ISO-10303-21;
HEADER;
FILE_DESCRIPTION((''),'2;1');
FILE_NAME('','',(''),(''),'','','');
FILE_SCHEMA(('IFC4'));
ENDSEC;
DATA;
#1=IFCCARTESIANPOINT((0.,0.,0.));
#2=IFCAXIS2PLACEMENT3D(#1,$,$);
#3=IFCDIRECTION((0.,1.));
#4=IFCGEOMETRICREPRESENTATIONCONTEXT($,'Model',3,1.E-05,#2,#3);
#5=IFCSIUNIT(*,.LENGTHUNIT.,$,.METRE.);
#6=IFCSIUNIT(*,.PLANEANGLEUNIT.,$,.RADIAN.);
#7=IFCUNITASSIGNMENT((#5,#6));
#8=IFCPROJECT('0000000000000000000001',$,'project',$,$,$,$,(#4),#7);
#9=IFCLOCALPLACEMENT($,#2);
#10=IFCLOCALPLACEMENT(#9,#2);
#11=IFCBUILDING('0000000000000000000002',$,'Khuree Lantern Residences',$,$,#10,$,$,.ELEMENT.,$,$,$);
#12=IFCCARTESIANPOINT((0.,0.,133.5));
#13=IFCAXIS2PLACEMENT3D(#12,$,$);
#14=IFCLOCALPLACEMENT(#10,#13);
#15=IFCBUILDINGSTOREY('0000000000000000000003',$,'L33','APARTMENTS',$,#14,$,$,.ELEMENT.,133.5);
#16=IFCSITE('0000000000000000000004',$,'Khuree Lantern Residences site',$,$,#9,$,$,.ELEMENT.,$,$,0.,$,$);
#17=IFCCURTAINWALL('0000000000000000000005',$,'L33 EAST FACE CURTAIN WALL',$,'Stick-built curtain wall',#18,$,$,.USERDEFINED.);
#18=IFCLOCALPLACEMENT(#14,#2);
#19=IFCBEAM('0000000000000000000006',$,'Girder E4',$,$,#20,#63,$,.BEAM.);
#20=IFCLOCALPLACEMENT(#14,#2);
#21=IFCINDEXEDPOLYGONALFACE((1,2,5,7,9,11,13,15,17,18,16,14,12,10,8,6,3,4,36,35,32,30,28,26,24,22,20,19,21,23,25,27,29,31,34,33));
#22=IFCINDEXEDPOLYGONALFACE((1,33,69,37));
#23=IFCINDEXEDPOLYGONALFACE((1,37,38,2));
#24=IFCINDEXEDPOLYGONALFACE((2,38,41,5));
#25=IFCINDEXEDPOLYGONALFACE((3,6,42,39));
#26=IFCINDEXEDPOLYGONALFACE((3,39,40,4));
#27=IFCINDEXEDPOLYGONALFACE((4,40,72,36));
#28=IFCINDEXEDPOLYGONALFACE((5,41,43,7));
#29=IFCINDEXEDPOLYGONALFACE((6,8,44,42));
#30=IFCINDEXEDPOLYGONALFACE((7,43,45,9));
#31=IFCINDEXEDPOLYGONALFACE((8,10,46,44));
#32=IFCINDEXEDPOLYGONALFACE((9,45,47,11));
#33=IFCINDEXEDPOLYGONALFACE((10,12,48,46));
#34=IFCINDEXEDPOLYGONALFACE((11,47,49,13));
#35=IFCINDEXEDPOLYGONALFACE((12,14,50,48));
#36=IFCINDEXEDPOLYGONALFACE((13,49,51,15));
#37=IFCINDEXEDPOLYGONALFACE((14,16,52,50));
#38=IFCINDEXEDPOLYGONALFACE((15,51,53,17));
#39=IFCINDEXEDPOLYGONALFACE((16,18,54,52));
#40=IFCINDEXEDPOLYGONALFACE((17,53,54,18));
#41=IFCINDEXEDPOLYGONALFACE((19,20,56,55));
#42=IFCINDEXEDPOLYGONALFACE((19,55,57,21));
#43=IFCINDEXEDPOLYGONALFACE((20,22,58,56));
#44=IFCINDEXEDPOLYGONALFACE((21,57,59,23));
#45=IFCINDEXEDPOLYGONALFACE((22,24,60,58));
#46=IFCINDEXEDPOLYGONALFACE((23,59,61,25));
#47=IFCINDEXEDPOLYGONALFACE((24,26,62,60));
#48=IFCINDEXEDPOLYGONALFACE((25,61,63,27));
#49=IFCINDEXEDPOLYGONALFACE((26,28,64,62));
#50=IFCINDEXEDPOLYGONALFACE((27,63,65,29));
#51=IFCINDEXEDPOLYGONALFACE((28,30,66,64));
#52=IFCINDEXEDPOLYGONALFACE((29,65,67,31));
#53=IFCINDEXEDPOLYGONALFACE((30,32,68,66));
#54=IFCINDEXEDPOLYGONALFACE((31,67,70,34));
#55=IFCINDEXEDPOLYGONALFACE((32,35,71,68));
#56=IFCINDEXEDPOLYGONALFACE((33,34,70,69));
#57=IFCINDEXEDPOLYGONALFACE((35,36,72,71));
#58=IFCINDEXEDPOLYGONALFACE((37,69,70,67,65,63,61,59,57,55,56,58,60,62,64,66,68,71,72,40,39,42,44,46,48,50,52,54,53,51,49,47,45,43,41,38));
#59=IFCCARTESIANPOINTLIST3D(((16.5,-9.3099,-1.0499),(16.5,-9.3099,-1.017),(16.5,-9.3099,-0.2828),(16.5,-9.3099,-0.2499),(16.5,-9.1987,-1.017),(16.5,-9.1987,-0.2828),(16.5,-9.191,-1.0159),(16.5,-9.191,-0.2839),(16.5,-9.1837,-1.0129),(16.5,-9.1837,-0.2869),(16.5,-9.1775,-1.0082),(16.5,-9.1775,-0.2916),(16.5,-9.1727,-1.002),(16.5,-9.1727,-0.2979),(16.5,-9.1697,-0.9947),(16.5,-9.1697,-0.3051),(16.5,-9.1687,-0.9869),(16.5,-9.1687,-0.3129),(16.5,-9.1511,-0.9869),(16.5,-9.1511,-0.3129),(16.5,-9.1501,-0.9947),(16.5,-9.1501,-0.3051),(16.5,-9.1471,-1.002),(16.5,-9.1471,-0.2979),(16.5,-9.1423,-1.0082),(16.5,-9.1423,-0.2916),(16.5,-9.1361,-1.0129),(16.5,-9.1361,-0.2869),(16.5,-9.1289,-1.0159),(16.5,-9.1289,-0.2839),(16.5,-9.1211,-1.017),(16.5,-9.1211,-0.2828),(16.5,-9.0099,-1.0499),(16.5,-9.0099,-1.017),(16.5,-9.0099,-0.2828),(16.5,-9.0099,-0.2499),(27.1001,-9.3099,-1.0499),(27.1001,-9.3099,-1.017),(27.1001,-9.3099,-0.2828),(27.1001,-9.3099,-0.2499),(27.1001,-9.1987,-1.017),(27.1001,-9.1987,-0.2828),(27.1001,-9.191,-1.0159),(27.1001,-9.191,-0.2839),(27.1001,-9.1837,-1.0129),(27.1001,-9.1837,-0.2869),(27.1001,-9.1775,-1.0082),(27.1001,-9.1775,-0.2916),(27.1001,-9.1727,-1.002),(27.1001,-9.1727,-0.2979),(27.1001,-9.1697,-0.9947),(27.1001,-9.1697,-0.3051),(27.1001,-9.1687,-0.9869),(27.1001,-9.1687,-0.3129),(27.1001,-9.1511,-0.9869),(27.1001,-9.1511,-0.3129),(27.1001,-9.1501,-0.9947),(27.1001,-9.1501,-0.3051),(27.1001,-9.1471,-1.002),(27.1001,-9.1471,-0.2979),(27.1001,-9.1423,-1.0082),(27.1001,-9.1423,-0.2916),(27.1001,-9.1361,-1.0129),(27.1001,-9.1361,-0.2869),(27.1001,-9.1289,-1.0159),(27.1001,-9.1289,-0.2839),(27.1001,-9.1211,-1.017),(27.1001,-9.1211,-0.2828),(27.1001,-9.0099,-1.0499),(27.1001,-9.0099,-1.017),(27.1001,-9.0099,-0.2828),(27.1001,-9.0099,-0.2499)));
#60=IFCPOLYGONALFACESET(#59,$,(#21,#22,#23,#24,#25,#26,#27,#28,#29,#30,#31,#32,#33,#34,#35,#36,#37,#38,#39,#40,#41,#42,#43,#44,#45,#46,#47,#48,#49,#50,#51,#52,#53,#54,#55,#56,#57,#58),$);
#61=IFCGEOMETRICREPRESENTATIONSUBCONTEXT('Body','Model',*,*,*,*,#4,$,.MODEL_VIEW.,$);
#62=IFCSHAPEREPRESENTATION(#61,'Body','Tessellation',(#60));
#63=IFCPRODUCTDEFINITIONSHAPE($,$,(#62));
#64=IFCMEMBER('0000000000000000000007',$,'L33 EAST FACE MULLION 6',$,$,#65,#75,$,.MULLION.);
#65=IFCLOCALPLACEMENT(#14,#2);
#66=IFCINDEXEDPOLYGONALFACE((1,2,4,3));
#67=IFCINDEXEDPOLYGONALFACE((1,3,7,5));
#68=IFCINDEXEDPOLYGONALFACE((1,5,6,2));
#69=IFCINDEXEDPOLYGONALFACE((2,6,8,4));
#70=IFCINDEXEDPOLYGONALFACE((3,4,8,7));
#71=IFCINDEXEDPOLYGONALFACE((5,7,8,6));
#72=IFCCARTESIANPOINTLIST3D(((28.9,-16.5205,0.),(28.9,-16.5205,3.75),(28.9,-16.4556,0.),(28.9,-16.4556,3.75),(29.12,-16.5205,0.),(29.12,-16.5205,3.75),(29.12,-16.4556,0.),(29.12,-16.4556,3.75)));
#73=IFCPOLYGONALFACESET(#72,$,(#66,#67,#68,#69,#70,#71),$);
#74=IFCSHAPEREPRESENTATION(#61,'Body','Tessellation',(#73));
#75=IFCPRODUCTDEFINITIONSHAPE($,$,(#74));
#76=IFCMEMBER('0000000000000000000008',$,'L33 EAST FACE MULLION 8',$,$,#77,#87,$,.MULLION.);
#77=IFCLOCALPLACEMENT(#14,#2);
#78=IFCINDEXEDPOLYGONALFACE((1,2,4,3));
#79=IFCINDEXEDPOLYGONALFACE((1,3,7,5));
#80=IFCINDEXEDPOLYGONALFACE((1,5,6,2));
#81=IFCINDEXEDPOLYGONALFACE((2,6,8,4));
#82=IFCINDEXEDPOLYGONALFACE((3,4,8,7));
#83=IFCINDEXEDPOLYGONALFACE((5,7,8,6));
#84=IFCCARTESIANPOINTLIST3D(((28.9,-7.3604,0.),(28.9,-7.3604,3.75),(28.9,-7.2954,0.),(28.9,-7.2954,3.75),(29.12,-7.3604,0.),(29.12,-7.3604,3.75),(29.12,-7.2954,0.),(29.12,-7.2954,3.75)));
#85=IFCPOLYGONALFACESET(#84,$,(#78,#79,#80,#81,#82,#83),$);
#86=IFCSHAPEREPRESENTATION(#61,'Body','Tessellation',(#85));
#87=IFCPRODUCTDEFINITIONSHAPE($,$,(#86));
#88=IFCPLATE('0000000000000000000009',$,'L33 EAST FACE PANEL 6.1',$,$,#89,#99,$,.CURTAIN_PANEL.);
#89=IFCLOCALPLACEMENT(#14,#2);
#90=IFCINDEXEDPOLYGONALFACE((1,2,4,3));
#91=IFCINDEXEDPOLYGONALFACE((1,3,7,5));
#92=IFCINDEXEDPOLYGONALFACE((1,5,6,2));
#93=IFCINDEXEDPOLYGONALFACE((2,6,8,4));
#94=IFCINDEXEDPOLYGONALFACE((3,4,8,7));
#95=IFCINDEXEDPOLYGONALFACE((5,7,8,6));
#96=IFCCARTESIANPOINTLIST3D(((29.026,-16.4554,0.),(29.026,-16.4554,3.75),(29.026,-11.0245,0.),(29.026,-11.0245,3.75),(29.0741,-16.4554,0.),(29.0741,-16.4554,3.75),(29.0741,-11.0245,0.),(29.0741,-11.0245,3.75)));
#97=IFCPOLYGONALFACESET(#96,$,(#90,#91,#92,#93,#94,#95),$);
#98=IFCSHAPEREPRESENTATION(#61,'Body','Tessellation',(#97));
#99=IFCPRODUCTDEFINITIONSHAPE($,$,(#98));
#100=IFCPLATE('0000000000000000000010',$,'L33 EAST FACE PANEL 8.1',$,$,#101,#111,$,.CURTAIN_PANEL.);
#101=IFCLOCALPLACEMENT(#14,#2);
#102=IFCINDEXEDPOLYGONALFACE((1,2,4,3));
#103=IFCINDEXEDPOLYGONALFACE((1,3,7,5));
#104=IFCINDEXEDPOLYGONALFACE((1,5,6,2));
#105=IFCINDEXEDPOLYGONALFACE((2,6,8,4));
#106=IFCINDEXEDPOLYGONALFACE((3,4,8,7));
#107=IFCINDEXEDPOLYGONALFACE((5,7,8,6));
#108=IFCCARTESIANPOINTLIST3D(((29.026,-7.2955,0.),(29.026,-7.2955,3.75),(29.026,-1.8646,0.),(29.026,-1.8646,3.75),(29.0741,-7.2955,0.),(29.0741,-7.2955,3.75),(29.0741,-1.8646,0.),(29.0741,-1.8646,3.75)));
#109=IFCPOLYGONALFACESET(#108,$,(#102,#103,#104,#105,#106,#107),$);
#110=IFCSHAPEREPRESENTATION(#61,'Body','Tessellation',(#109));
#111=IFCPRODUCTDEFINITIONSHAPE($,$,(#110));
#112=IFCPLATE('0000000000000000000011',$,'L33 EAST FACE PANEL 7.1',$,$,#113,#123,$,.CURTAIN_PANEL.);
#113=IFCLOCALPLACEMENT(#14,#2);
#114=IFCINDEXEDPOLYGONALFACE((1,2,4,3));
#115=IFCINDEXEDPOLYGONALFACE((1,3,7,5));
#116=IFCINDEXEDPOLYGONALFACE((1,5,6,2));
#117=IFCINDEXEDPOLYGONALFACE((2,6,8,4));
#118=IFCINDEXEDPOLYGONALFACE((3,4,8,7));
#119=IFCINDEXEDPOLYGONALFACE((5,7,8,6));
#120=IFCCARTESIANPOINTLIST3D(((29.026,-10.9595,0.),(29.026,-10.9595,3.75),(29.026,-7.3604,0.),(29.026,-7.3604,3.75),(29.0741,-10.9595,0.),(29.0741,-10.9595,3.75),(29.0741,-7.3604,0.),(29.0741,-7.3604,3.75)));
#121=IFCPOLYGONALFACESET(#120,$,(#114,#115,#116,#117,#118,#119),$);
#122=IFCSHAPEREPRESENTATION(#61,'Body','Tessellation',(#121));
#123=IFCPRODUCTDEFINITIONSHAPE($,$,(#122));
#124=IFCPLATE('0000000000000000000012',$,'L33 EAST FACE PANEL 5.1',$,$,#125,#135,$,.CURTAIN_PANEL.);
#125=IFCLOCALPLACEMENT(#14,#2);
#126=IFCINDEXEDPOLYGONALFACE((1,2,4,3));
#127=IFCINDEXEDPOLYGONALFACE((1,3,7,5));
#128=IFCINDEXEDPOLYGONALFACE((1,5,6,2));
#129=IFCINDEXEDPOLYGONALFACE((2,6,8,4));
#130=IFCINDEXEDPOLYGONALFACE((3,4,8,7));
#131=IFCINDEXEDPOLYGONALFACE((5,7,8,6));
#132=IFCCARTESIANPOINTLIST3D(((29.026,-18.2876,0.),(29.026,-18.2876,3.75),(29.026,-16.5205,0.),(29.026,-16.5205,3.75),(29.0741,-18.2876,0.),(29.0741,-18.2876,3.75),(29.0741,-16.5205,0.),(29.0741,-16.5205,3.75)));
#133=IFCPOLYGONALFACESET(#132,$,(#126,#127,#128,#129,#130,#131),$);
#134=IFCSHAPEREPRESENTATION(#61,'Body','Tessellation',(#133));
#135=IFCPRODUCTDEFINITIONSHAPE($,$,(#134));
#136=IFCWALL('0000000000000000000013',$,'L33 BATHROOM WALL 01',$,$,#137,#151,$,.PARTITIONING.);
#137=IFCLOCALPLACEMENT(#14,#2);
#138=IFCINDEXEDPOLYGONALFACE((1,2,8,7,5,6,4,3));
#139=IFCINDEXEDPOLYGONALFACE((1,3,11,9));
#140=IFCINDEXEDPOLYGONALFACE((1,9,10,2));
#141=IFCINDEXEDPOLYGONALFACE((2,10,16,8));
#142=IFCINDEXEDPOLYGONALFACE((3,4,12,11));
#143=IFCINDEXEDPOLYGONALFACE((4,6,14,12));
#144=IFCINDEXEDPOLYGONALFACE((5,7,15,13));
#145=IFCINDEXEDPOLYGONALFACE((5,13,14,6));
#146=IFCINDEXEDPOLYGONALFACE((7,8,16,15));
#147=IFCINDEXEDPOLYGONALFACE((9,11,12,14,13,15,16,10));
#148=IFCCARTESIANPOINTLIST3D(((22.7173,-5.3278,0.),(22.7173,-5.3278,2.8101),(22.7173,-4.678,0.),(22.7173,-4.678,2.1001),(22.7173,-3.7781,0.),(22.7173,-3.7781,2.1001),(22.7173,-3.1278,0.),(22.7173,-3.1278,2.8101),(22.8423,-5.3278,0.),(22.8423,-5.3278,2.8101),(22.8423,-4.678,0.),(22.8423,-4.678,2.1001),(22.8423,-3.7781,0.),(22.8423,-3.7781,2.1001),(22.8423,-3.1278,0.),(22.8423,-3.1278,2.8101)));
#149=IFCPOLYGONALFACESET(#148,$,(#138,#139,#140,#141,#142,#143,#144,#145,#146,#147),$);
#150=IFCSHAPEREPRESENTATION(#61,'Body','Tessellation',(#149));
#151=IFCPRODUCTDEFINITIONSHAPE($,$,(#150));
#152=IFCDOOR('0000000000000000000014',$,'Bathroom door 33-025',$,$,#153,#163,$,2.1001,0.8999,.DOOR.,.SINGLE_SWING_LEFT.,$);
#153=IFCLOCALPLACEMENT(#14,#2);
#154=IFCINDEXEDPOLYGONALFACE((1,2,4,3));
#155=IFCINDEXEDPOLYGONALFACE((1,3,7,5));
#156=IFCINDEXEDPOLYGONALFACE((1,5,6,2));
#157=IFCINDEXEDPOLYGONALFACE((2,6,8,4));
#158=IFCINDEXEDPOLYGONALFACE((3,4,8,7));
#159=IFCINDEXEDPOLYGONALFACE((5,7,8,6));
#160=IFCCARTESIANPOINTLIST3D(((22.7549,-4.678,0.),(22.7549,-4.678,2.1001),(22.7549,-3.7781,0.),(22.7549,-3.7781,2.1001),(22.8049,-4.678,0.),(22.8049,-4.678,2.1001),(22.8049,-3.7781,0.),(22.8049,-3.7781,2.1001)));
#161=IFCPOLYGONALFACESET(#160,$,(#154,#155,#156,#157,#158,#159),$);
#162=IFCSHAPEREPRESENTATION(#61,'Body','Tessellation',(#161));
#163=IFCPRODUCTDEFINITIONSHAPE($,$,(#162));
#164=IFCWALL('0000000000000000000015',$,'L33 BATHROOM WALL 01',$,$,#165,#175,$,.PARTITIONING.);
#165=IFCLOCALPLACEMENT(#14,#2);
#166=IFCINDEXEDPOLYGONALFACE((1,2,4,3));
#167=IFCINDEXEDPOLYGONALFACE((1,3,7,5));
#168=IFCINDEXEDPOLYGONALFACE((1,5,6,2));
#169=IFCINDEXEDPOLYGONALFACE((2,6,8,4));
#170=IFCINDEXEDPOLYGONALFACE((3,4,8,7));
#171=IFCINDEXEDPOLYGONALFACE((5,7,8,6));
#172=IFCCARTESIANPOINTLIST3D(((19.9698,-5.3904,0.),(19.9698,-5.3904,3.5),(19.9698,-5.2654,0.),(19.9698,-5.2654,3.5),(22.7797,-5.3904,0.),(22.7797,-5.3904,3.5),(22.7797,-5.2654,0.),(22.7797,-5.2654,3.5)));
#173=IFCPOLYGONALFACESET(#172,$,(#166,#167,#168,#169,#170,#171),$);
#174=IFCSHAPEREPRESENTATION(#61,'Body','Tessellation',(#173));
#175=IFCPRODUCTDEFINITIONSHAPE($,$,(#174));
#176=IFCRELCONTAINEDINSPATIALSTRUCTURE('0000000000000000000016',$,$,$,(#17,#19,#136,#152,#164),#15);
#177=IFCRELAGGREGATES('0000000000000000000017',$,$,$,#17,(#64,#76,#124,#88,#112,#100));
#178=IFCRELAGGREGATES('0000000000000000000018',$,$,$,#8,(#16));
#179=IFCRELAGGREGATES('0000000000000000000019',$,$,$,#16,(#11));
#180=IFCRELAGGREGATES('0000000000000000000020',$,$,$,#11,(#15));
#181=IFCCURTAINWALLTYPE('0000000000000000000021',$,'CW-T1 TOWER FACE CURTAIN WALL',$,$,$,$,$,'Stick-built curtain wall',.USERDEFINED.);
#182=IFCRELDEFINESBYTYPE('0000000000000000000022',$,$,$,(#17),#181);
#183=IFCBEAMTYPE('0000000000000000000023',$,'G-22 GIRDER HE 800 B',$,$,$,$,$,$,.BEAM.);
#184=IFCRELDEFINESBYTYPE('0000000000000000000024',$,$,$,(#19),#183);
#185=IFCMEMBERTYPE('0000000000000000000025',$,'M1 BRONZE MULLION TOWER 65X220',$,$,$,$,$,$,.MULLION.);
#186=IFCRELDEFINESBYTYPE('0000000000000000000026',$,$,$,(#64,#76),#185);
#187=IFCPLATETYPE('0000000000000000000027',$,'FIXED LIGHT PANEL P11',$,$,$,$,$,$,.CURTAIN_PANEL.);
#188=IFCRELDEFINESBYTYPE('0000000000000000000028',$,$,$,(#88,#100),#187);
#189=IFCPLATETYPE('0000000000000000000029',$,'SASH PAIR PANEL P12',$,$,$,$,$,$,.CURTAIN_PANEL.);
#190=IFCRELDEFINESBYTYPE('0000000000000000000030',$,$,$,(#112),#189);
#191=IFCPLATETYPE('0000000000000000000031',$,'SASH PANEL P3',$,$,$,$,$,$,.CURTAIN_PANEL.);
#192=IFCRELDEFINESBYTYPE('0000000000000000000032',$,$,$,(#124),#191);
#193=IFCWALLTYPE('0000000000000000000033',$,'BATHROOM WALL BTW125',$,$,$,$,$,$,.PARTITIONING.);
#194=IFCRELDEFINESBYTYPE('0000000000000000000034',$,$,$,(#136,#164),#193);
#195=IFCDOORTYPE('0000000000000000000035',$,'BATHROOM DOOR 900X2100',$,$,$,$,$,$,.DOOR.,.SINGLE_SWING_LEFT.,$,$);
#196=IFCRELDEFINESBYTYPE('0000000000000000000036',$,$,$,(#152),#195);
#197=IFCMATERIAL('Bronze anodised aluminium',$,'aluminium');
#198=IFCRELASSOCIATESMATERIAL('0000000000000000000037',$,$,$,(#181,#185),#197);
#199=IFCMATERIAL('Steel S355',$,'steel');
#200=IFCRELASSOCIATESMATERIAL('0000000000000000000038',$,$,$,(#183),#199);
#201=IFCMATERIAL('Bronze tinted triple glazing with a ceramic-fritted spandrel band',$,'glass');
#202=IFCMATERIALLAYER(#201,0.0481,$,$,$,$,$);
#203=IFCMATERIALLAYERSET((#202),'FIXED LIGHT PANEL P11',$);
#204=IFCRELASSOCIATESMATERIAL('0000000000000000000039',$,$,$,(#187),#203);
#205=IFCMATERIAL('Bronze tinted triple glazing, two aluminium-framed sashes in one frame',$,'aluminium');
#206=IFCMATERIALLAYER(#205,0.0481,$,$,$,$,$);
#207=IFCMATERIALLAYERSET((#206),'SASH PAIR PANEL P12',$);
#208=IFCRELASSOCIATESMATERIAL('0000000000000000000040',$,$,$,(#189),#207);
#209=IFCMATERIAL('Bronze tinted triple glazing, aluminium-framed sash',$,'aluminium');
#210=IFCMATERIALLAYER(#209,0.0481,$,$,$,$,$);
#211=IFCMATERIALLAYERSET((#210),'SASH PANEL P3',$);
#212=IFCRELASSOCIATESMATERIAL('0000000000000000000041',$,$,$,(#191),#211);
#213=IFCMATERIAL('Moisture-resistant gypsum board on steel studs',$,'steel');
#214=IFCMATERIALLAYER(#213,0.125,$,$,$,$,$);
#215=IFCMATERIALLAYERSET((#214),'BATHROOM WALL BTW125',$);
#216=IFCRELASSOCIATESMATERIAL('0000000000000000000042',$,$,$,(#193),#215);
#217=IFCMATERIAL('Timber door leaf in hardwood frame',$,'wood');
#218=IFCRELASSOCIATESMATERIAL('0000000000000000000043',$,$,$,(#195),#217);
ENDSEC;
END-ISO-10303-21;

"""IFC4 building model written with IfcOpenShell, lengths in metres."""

from ifc_helpers import new_model, si_unit, direction, frame, frame_2d, origin, origin_2d, place, context, subcontext, project, spatial, rectangle, i_section, extrude, material, layer, layer_set, material_profile, profile_set, type_object, element, fill, aggregate, save


model = new_model("IFC4")

# Units and contexts
model_context = context("Model", 3, precision=1e-05, world=origin(), true_north=direction((0.0, 1.0)))
body_context = subcontext(model_context, "Body", "Model", "MODEL_VIEW")
ifc_project = project(units=[si_unit("LENGTHUNIT", "METRE"), si_unit("PLANEANGLEUNIT", "RADIAN")], contexts=[model_context])

# Site, building, storey
site_placement = place(None, origin())
site = spatial("IfcSite", under=ifc_project, at=site_placement, Name="Khuree Lantern Residences site", CompositionType="ELEMENT", RefElevation=0.0)
building_placement = place(site_placement, origin())
building = spatial("IfcBuilding", under=site, at=building_placement, Name="Khuree Lantern Residences", CompositionType="ELEMENT")
storey_placement = place(building_placement, frame((0.0, 0.0, 133.5)))
storey = spatial("IfcBuildingStorey", under=building, at=storey_placement, Name="L33", Description="APARTMENTS", CompositionType="ELEMENT", Elevation=133.5)

# Shared definitions
ifc_material_1 = material(Name="Steel S355", Category="steel")

# Curtain wall
ifc_material_2 = material(Name="Bronze anodised aluminium", Category="aluminium")
curtain_wall_type = type_object("IfcCurtainWallType", Name="CW-T1 TOWER FACE CURTAIN WALL", ElementType="Stick-built curtain wall", PredefinedType="USERDEFINED", material=ifc_material_2)
curtain_wall_placement = place(storey_placement, origin())
curtain_wall = element("IfcCurtainWall", 1, at=curtain_wall_placement, inside=storey, type_object=curtain_wall_type, Name="L33 EAST FACE CURTAIN WALL", ObjectType="Stick-built curtain wall", PredefinedType="USERDEFINED")

# Beam
ifc_material_profile_1 = material_profile(ifc_material_1, i_section(OverallWidth=0.3, OverallDepth=0.8, WebThickness=0.0176, FlangeThickness=0.033, FilletRadius=0.03, at=origin_2d()), Name="HE 800 B")
ifc_profile_set_1 = profile_set([ifc_material_profile_1], Name="Steel S355")
beam_type_1 = type_object("IfcBeamType", Name="G-22 GIRDER HE 800 B", PredefinedType="BEAM", material=ifc_profile_set_1)
beam_1_placement = place(storey_placement, frame((27.1001, -9.1599, -0.6499), z_axis=(-1.0, 0.0, 0.0), x_axis=(0.0, -1.0, 0.0)))
element("IfcBeam", 2, at=beam_1_placement, inside=storey, type_object=beam_type_1, Name="Girder E4", PredefinedType="BEAM", context=body_context, shape_type="SweptSolid", body=[
    extrude(i_section(OverallWidth=0.3, OverallDepth=0.8, WebThickness=0.0176, FlangeThickness=0.033, FilletRadius=0.03, at=origin_2d()), origin(), (0.0, 0.0, 1.0), 10.6001),
])

# Members
ifc_material_profile_2 = material_profile(ifc_material_2, rectangle(XDim=0.0649, YDim=0.22, at=origin_2d()), Name="M1 65X220")
ifc_profile_set_2 = profile_set([ifc_material_profile_2], Name="Bronze anodised aluminium")
member_type_1 = type_object("IfcMemberType", Name="M1 BRONZE MULLION TOWER 65X220", PredefinedType="MULLION", material=ifc_profile_set_2)
member_1_placement = place(storey_placement, frame((29.01, -16.488, 0.0), z_axis=(0.0, 0.0, 1.0), x_axis=(0.0, 1.0, 0.0)))
member_1 = element("IfcMember", 3, at=member_1_placement, type_object=member_type_1, Name="L33 EAST FACE MULLION 6", PredefinedType="MULLION", context=body_context, shape_type="SweptSolid", body=[
    extrude(rectangle(XDim=0.0649, YDim=0.22, at=origin_2d()), origin(), (0.0, 0.0, 1.0), 3.75),
])
member_2_placement = place(storey_placement, frame((29.01, -7.3279, 0.0), z_axis=(0.0, 0.0, 1.0), x_axis=(0.0, 1.0, 0.0)))
member_2 = element("IfcMember", 4, at=member_2_placement, type_object=member_type_1, Name="L33 EAST FACE MULLION 8", PredefinedType="MULLION", context=body_context, shape_type="SweptSolid", body=[
    extrude(rectangle(XDim=0.0649, YDim=0.22, at=origin_2d()), origin(), (0.0, 0.0, 1.0), 3.75),
])

# Plates
ifc_material_3 = material(Name="Bronze tinted triple glazing with a ceramic-fritted spandrel band", Category="glass")
ifc_layer_1 = layer(ifc_material_3, 0.0481)
ifc_layer_set_1 = layer_set([ifc_layer_1], Name="FIXED LIGHT PANEL P11")
plate_type_1 = type_object("IfcPlateType", Name="FIXED LIGHT PANEL P11", PredefinedType="CURTAIN_PANEL", material=ifc_layer_set_1)
plate_1_placement = place(storey_placement, frame((29.05, -13.74, 0.0), z_axis=(0.0, 0.0, 1.0), x_axis=(0.0, 1.0, 0.0)))
plate_1 = element("IfcPlate", 5, at=plate_1_placement, type_object=plate_type_1, Name="L33 EAST FACE PANEL 6.1", PredefinedType="CURTAIN_PANEL", context=body_context, shape_type="SweptSolid", body=[
    extrude(rectangle(XDim=5.4309, YDim=0.0481, at=origin_2d()), origin(), (0.0, 0.0, 1.0), 3.75),
])
plate_2_placement = place(storey_placement, frame((29.05, -4.5801, 0.0), z_axis=(0.0, 0.0, 1.0), x_axis=(0.0, 1.0, 0.0)))
plate_2 = element("IfcPlate", 6, at=plate_2_placement, type_object=plate_type_1, Name="L33 EAST FACE PANEL 8.1", PredefinedType="CURTAIN_PANEL", context=body_context, shape_type="SweptSolid", body=[
    extrude(rectangle(XDim=5.4309, YDim=0.0481, at=origin_2d()), origin(), (0.0, 0.0, 1.0), 3.75),
])
ifc_material_4 = material(Name="Bronze tinted triple glazing, two aluminium-framed sashes in one frame", Category="aluminium")
ifc_layer_2 = layer(ifc_material_4, 0.0481)
ifc_layer_set_2 = layer_set([ifc_layer_2], Name="SASH PAIR PANEL P12")
plate_type_2 = type_object("IfcPlateType", Name="SASH PAIR PANEL P12", PredefinedType="CURTAIN_PANEL", material=ifc_layer_set_2)
plate_3_placement = place(storey_placement, frame((29.05, -9.1599, 0.0), z_axis=(0.0, 0.0, 1.0), x_axis=(0.0, 1.0, 0.0)))
plate_3 = element("IfcPlate", 7, at=plate_3_placement, type_object=plate_type_2, Name="L33 EAST FACE PANEL 7.1", PredefinedType="CURTAIN_PANEL", context=body_context, shape_type="SweptSolid", body=[
    extrude(rectangle(XDim=3.5991, YDim=0.0481, at=origin_2d()), origin(), (0.0, 0.0, 1.0), 3.75),
])
ifc_material_5 = material(Name="Bronze tinted triple glazing, aluminium-framed sash", Category="aluminium")
ifc_layer_3 = layer(ifc_material_5, 0.0481)
ifc_layer_set_3 = layer_set([ifc_layer_3], Name="SASH PANEL P3")
plate_type_3 = type_object("IfcPlateType", Name="SASH PANEL P3", PredefinedType="CURTAIN_PANEL", material=ifc_layer_set_3)
plate_4_placement = place(storey_placement, frame((29.05, -17.4041, 0.0), z_axis=(0.0, 0.0, 1.0), x_axis=(0.0, 1.0, 0.0)))
plate_4 = element("IfcPlate", 8, at=plate_4_placement, type_object=plate_type_3, Name="L33 EAST FACE PANEL 5.1", PredefinedType="CURTAIN_PANEL", context=body_context, shape_type="SweptSolid", body=[
    extrude(rectangle(XDim=1.7671, YDim=0.0481, at=origin_2d()), origin(), (0.0, 0.0, 1.0), 3.75),
])
aggregate(curtain_wall, [member_1, member_2, plate_4, plate_1, plate_3, plate_2])

# Wall, opening, door
ifc_material_6 = material(Name="Moisture-resistant gypsum board on steel studs", Category="steel")
ifc_layer_4 = layer(ifc_material_6, 0.125)
ifc_layer_set_4 = layer_set([ifc_layer_4], Name="BATHROOM WALL BTW125")
wall_type_1 = type_object("IfcWallType", Name="BATHROOM WALL BTW125", PredefinedType="PARTITIONING", material=ifc_layer_set_4)
wall_1_placement = place(storey_placement, frame((22.7798, -5.3279, 0.0), z_axis=(0.0, 0.0, 1.0), x_axis=(0.0, 1.0, 0.0)))
wall_1 = element("IfcWall", 9, at=wall_1_placement, inside=storey, type_object=wall_type_1, Name="L33 BATHROOM WALL 01", PredefinedType="PARTITIONING", context=body_context, shape_type="SweptSolid", body=[
    extrude(rectangle(XDim=2.2, YDim=0.125, at=frame_2d((1.1001, 0.0))), origin(), (0.0, 0.0, 1.0), 2.8101),
])
opening_1_placement = place(wall_1_placement, frame((0.6499, 0.0, 0.0)))
opening_1 = element("IfcOpeningElement", 10, at=opening_1_placement, cuts=wall_1, PredefinedType="OPENING", context=body_context, shape_type="SweptSolid", body=[
    extrude(rectangle(XDim=0.8999, YDim=2.1001, at=frame_2d((0.45, 1.05))), frame((0.0, 0.0725, 0.0), z_axis=(0.0, -1.0, 0.0), x_axis=(1.0, 0.0, 0.0)), (0.0, 0.0, 1.0), 0.145),
])
ifc_material_7 = material(Name="Timber door leaf in hardwood frame", Category="wood")
door_type_1 = type_object("IfcDoorType", Name="BATHROOM DOOR 900X2100", OperationType="SINGLE_SWING_LEFT", PredefinedType="DOOR", material=ifc_material_7)
door_1_placement = place(opening_1_placement, origin())
door_1 = element("IfcDoor", 11, at=door_1_placement, inside=storey, type_object=door_type_1, Name="Bathroom door 33-025", OperationType="SINGLE_SWING_LEFT", OverallHeight=2.1001, OverallWidth=0.8999, PredefinedType="DOOR", context=body_context, shape_type="SweptSolid", body=[
    extrude(rectangle(XDim=0.8999, YDim=2.1001, at=frame_2d((0.45, 1.05))), frame((0.0, 0.0249, 0.0), z_axis=(0.0, -1.0, 0.0), x_axis=(1.0, 0.0, 0.0)), (0.0, 0.0, 1.0), 0.05),
])
fill(opening_1, door_1)

# Wall
wall_2_placement = place(storey_placement, frame((19.97, -5.3279, 0.0), z_axis=(0.0, 0.0, 1.0), x_axis=(1.0, 0.0, 0.0)))
element("IfcWall", 12, at=wall_2_placement, inside=storey, type_object=wall_type_1, Name="L33 BATHROOM WALL 01", PredefinedType="PARTITIONING", context=body_context, shape_type="SweptSolid", body=[
    extrude(rectangle(XDim=2.8098, YDim=0.125, at=frame_2d((1.4048, 0.0))), origin(), (0.0, 0.0, 1.0), 3.5),
])

save(model, "model.ifc")
